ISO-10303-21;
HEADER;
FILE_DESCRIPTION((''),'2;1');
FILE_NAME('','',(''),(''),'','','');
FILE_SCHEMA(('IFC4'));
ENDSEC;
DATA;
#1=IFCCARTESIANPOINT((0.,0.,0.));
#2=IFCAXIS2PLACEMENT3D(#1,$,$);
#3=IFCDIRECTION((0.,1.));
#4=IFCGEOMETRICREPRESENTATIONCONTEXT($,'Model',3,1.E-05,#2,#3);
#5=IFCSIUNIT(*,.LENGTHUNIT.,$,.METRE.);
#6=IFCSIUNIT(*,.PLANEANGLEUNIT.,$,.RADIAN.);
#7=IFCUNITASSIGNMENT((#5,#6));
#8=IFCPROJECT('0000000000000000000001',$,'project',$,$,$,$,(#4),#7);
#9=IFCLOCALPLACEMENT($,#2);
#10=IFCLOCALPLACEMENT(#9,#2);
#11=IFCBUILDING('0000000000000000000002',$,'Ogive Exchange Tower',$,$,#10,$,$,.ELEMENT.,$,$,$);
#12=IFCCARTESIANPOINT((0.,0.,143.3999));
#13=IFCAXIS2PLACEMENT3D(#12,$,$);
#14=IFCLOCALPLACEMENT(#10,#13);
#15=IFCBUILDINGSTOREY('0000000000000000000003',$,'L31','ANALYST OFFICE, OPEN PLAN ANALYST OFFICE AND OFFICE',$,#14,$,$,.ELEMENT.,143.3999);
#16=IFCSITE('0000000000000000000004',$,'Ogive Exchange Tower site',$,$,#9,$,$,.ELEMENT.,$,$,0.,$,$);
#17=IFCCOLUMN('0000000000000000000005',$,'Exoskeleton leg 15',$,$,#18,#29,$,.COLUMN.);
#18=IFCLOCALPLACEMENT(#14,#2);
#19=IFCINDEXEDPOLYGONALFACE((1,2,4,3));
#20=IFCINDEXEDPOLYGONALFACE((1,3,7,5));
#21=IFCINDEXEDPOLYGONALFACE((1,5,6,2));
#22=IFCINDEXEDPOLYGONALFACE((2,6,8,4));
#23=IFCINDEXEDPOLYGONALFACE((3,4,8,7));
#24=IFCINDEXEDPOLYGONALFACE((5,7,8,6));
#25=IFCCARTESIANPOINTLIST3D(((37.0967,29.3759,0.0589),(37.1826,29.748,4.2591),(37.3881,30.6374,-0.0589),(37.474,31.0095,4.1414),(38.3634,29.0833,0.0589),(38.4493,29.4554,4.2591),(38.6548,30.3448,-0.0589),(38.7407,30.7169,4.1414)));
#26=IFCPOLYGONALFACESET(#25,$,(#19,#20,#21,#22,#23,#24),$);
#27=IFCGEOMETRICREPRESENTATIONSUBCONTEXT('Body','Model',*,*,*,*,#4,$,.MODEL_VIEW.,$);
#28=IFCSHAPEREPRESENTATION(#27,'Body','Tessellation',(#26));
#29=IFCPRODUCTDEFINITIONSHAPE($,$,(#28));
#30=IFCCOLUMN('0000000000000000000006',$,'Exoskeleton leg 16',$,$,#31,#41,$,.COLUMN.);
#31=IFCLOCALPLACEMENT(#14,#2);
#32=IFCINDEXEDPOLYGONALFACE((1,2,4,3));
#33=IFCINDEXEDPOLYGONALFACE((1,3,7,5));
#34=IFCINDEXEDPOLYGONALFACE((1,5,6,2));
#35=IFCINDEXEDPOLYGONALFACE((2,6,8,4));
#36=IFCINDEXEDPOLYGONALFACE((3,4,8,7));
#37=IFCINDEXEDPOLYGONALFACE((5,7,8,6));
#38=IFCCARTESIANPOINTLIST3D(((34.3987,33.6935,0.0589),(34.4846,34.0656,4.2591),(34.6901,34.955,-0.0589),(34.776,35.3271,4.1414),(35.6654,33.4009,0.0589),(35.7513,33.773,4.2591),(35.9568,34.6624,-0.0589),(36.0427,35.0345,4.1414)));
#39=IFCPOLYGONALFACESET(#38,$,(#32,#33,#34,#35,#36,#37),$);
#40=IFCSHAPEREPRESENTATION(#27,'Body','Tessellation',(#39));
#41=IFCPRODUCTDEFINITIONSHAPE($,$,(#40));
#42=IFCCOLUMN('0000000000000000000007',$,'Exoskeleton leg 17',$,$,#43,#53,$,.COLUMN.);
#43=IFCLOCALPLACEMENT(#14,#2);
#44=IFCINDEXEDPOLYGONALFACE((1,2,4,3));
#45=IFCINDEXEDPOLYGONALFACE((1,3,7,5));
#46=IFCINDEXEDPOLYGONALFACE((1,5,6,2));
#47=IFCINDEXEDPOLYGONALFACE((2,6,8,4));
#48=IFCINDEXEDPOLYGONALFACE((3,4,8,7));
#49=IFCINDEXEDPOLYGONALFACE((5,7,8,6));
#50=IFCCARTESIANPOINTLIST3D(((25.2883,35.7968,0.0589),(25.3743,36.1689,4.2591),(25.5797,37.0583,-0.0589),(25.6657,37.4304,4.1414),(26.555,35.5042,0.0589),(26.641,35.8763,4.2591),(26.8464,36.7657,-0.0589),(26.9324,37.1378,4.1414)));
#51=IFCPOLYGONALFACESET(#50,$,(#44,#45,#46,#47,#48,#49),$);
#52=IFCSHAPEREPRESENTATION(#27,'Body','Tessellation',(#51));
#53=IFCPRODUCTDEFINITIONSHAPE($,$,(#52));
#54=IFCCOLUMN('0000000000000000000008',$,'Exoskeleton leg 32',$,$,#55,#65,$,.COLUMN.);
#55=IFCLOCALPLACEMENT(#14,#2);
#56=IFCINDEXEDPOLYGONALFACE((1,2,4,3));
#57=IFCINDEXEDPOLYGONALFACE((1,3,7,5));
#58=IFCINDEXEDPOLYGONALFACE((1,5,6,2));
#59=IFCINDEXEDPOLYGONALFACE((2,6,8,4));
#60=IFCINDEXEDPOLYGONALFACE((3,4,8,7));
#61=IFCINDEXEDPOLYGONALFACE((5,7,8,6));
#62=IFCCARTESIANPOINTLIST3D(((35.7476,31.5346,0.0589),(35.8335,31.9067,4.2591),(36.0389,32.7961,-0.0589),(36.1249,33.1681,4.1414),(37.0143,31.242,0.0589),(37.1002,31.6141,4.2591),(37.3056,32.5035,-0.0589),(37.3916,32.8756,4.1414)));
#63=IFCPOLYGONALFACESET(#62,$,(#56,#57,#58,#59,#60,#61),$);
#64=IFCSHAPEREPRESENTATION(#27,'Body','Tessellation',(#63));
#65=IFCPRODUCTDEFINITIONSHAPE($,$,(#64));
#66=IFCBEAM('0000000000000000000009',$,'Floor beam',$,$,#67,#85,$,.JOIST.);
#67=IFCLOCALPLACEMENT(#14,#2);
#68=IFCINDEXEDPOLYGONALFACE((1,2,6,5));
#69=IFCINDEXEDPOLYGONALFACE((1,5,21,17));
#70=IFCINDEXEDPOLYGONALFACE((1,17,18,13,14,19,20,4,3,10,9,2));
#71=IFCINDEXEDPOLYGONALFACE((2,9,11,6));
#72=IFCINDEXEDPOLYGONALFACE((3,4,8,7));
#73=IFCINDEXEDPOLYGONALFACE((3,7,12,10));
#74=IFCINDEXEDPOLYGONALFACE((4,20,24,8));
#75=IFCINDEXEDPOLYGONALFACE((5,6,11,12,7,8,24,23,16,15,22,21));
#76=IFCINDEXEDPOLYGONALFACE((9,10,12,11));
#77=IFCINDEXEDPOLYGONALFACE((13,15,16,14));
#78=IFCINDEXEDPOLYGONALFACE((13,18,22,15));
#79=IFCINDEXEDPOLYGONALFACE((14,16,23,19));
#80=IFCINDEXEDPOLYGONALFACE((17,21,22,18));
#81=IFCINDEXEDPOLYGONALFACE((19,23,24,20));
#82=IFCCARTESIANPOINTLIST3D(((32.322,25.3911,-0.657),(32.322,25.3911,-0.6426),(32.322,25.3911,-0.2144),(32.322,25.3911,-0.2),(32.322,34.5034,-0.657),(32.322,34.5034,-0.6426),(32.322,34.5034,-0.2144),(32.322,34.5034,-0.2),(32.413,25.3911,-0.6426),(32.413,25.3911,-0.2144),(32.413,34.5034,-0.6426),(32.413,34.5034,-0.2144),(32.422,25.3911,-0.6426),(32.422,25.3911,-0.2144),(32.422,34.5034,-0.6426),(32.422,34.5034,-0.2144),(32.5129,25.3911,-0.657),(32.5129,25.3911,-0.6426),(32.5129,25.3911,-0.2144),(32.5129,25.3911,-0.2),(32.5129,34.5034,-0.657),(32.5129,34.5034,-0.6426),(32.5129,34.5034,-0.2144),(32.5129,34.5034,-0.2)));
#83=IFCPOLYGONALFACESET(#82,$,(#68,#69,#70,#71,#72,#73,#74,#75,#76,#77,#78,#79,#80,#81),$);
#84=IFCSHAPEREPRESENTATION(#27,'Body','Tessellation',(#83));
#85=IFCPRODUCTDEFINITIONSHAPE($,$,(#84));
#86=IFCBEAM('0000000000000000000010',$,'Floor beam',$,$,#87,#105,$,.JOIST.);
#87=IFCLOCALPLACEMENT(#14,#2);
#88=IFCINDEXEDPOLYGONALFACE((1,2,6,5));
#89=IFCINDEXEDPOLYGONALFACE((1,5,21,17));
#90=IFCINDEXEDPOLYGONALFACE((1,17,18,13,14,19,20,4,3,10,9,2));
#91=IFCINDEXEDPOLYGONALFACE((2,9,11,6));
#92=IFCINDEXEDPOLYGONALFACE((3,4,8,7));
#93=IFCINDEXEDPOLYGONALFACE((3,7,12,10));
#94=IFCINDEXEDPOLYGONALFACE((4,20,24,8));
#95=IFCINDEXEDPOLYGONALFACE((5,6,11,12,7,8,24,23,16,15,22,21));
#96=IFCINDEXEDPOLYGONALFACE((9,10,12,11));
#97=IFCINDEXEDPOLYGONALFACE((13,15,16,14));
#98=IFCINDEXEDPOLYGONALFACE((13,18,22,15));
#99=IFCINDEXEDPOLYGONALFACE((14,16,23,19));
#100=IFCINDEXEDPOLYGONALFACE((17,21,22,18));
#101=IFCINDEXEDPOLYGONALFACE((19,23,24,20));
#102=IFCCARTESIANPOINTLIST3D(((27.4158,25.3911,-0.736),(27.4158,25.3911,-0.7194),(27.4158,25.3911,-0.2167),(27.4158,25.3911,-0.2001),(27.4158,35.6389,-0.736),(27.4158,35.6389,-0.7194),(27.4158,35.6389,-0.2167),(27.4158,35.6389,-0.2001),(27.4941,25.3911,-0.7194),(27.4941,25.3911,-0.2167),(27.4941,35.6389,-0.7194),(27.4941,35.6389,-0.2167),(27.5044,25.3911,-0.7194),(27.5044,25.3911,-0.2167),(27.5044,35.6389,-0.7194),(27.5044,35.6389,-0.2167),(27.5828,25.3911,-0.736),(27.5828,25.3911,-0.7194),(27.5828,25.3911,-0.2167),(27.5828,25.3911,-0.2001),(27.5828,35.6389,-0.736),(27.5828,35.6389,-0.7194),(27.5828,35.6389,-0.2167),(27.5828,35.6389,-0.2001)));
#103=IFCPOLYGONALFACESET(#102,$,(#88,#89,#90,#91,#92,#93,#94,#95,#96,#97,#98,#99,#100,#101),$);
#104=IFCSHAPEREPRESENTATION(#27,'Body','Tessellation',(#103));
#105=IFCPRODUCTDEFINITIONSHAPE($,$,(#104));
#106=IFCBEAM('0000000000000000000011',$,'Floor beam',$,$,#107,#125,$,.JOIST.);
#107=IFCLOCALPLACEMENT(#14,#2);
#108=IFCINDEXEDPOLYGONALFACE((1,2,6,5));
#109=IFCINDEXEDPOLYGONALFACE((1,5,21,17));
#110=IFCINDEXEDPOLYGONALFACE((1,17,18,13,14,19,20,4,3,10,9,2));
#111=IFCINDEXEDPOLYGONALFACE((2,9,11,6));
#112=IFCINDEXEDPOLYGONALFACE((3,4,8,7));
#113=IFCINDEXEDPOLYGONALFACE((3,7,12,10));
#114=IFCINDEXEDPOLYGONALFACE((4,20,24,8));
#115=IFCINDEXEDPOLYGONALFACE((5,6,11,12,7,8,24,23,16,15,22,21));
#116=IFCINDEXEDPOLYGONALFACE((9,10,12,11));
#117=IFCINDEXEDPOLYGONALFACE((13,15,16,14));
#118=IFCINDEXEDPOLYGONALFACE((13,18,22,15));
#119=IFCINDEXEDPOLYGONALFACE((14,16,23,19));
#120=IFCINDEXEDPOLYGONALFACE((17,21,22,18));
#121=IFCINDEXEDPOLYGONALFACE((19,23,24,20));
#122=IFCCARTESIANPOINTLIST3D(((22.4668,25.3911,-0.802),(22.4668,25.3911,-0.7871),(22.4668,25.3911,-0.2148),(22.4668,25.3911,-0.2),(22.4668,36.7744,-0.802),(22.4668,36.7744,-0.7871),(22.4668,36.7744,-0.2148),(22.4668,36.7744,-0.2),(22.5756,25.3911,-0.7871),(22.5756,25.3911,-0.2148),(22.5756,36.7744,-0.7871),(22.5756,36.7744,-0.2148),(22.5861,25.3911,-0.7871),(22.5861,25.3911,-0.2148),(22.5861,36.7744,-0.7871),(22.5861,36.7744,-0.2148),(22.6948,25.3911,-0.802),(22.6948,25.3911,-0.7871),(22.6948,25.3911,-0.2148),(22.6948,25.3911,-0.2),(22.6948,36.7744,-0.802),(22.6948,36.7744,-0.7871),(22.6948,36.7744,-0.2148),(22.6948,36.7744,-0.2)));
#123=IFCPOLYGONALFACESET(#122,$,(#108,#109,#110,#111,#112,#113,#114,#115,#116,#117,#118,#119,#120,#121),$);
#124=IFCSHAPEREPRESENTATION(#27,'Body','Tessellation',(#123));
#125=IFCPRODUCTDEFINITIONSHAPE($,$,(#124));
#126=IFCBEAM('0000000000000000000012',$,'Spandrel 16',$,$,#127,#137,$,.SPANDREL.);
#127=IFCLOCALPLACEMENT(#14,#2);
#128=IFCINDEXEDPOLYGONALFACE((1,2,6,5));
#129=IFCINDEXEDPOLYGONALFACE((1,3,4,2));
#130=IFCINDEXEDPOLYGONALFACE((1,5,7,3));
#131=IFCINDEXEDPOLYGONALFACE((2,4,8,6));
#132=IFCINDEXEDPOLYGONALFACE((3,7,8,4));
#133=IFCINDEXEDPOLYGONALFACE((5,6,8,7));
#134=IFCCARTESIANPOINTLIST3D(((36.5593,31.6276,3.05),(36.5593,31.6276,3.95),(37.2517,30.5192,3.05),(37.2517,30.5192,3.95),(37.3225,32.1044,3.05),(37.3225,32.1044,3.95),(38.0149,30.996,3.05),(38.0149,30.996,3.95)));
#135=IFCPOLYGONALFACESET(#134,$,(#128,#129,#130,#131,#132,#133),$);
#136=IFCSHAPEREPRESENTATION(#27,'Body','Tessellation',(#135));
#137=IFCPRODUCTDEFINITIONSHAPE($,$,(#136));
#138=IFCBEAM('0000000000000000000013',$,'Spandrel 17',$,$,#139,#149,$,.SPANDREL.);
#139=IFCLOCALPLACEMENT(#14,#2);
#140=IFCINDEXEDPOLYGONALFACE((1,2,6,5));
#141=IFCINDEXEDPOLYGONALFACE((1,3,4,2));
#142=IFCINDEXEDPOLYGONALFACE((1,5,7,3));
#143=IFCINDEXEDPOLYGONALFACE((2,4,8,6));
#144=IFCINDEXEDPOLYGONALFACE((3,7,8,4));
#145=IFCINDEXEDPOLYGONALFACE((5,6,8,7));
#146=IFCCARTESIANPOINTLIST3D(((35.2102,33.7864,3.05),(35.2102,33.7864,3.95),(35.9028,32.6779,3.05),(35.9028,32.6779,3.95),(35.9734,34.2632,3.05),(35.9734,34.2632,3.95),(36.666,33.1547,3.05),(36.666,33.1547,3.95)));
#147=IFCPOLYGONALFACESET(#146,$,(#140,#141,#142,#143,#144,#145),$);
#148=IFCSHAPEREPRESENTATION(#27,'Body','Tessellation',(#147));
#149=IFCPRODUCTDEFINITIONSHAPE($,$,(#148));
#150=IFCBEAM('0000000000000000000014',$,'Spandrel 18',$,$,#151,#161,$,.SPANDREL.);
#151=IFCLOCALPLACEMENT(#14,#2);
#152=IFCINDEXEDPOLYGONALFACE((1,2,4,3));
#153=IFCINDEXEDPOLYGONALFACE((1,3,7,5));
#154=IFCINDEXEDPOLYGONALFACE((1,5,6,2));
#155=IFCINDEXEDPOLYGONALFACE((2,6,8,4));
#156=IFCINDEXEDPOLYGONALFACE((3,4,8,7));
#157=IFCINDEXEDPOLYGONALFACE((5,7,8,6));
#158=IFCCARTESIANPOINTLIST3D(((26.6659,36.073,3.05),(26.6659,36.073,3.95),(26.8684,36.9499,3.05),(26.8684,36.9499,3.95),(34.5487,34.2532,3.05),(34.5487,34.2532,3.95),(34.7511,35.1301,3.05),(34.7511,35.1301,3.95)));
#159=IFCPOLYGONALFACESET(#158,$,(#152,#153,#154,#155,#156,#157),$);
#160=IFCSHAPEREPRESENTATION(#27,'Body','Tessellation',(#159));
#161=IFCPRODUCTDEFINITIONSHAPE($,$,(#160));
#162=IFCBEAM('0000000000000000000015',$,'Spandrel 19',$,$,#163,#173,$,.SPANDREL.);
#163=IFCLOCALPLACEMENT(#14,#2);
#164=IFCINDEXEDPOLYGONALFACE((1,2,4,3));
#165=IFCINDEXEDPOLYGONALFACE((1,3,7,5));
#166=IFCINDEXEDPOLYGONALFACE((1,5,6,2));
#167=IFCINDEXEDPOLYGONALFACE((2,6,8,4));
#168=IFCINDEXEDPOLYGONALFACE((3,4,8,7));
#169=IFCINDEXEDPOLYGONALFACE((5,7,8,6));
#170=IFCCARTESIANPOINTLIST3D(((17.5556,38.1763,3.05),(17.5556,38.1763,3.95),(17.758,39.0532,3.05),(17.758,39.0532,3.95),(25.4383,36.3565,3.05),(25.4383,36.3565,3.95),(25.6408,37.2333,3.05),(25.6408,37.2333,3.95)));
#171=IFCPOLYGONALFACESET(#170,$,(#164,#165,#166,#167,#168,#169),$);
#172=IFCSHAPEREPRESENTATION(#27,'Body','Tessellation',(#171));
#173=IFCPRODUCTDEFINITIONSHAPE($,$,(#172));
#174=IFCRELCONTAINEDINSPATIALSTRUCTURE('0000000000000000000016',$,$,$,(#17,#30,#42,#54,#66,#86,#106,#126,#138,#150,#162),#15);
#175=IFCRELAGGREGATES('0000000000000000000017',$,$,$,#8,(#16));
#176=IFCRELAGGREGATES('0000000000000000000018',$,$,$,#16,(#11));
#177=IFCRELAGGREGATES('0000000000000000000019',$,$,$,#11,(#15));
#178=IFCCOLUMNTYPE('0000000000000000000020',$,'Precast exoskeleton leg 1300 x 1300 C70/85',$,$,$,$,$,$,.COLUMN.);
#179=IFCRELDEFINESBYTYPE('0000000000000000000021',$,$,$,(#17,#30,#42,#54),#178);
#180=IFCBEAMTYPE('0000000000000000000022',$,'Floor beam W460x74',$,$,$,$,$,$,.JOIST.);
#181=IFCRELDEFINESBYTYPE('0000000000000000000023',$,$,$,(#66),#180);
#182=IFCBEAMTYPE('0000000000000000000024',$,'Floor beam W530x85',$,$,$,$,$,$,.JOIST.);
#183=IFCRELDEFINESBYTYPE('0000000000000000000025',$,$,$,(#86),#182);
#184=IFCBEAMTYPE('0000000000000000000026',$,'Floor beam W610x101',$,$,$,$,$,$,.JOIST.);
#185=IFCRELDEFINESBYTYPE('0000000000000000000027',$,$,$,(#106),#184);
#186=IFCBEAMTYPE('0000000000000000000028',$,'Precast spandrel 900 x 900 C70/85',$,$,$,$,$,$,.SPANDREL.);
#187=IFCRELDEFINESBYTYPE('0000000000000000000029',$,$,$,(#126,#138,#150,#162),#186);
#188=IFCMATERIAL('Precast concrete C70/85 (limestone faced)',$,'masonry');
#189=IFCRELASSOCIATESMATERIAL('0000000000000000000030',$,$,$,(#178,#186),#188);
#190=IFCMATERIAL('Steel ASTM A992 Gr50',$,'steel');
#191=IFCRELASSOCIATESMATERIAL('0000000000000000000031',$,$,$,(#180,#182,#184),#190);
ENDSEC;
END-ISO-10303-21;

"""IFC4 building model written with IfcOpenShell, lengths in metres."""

from ifc_helpers import new_model, si_unit, direction, frame, origin, origin_2d, place, context, subcontext, project, spatial, rectangle, i_section, extrude, material, material_profile, profile_set, type_object, element, save


model = new_model("IFC4")

# Units and contexts
model_context = context("Model", 3, precision=1e-05, world=origin(), true_north=direction((0.0, 1.0)))
body_context = subcontext(model_context, "Body", "Model", "MODEL_VIEW")
ifc_project = project(units=[si_unit("LENGTHUNIT", "METRE"), si_unit("PLANEANGLEUNIT", "RADIAN")], contexts=[model_context])

# Site, building, storey
site_placement = place(None, origin())
site = spatial("IfcSite", under=ifc_project, at=site_placement, Name="Ogive Exchange Tower site", CompositionType="ELEMENT", RefElevation=0.0)
building_placement = place(site_placement, origin())
building = spatial("IfcBuilding", under=site, at=building_placement, Name="Ogive Exchange Tower", CompositionType="ELEMENT")
storey_placement = place(building_placement, frame((0.0, 0.0, 143.3999)))
storey = spatial("IfcBuildingStorey", under=building, at=storey_placement, Name="L31", Description="ANALYST OFFICE, OPEN PLAN ANALYST OFFICE AND OFFICE", CompositionType="ELEMENT", Elevation=143.3999)

# Columns
ifc_material_1 = material(Name="Precast concrete C70/85 (limestone faced)", Category="masonry")
ifc_material_profile_1 = material_profile(ifc_material_1, rectangle(XDim=1.3, YDim=1.3, at=origin_2d()), Name="1300 x 1300")
ifc_profile_set_1 = profile_set([ifc_material_profile_1], Name="Precast concrete C70/85 (limestone faced)")
column_type = type_object("IfcColumnType", Name="Precast exoskeleton leg 1300 x 1300 C70/85", PredefinedType="COLUMN", material=ifc_profile_set_1)
for number, where, z_axis, x_axis, name in (
    (1, (37.8757, 29.8604, 0.0), (0.020376, 0.08822, 0.995893), (-0.974348, 0.225046, 0.0), "Exoskeleton leg 15"),
    (2, (35.1777, 34.178, 0.0), (0.020376, 0.08822, 0.995893), (-0.974348, 0.225046, 0.0), "Exoskeleton leg 16"),
    (3, (26.0674, 36.2812, 0.0), (0.020376, 0.08822, 0.995893), (-0.974348, 0.225046, 0.0), "Exoskeleton leg 17"),
    (4, (36.5266, 32.019, 0.0), (0.020376, 0.08822, 0.995893), (-0.974348, 0.225046, 0.0), "Exoskeleton leg 32"),
):
    element("IfcColumn", number, at=place(storey_placement, frame(where, z_axis=z_axis, x_axis=x_axis)), inside=storey, type_object=column_type, Name=name, PredefinedType="COLUMN", context=body_context, shape_type="SweptSolid", body=[
        extrude(rectangle(XDim=1.3, YDim=1.3, at=origin_2d()), origin(), (0.0, 0.0, 1.0), 4.2175),
    ])

# Beams
ifc_material_2 = material(Name="Steel ASTM A992 Gr50", Category="steel")
ifc_material_profile_2 = material_profile(ifc_material_2, i_section(OverallWidth=0.1909, OverallDepth=0.457, WebThickness=0.009, FlangeThickness=0.0144, at=origin_2d()), Name="W460x74")
ifc_profile_set_2 = profile_set([ifc_material_profile_2], Name="Steel ASTM A992 Gr50")
beam_type_1 = type_object("IfcBeamType", Name="Floor beam W460x74", PredefinedType="JOIST", material=ifc_profile_set_2)
beam_1_placement = place(storey_placement, frame((32.4175, 25.3911, -0.4285), z_axis=(0.0, 1.0, 0.0), x_axis=(-1.0, 0.0, 0.0)))
element("IfcBeam", 5, at=beam_1_placement, inside=storey, type_object=beam_type_1, Name="Floor beam", PredefinedType="JOIST", context=body_context, shape_type="SweptSolid", body=[
    extrude(i_section(OverallWidth=0.1909, OverallDepth=0.457, WebThickness=0.009, FlangeThickness=0.0144, at=origin_2d()), origin(), (0.0, 0.0, 1.0), 9.1123),
])
ifc_material_profile_3 = material_profile(ifc_material_2, i_section(OverallWidth=0.167, OverallDepth=0.5359, WebThickness=0.0103, FlangeThickness=0.0166, at=origin_2d()), Name="W530x85")
ifc_profile_set_3 = profile_set([ifc_material_profile_3], Name="Steel ASTM A992 Gr50")
beam_type_2 = type_object("IfcBeamType", Name="Floor beam W530x85", PredefinedType="JOIST", material=ifc_profile_set_3)
beam_2_placement = place(storey_placement, frame((27.4993, 25.3911, -0.468), z_axis=(0.0, 1.0, 0.0), x_axis=(-1.0, 0.0, 0.0)))
element("IfcBeam", 6, at=beam_2_placement, inside=storey, type_object=beam_type_2, Name="Floor beam", PredefinedType="JOIST", context=body_context, shape_type="SweptSolid", body=[
    extrude(i_section(OverallWidth=0.167, OverallDepth=0.5359, WebThickness=0.0103, FlangeThickness=0.0166, at=origin_2d()), origin(), (0.0, 0.0, 1.0), 10.2478),
])
ifc_material_profile_4 = material_profile(ifc_material_2, i_section(OverallWidth=0.228, OverallDepth=0.6021, WebThickness=0.0105, FlangeThickness=0.0149, at=origin_2d()), Name="W610x101")
ifc_profile_set_4 = profile_set([ifc_material_profile_4], Name="Steel ASTM A992 Gr50")
beam_type_3 = type_object("IfcBeamType", Name="Floor beam W610x101", PredefinedType="JOIST", material=ifc_profile_set_4)
beam_3_placement = place(storey_placement, frame((22.5808, 25.3911, -0.501), z_axis=(0.0, 1.0, 0.0), x_axis=(-1.0, 0.0, 0.0)))
element("IfcBeam", 7, at=beam_3_placement, inside=storey, type_object=beam_type_3, Name="Floor beam", PredefinedType="JOIST", context=body_context, shape_type="SweptSolid", body=[
    extrude(i_section(OverallWidth=0.228, OverallDepth=0.6021, WebThickness=0.0105, FlangeThickness=0.0149, at=origin_2d()), origin(), (0.0, 0.0, 1.0), 11.3833),
])
ifc_material_profile_5 = material_profile(ifc_material_1, rectangle(XDim=0.8999, YDim=0.8999, at=origin_2d()), Name="900 x 900")
ifc_profile_set_5 = profile_set([ifc_material_profile_5], Name="Precast concrete C70/85 (limestone faced)")
beam_type_4 = type_object("IfcBeamType", Name="Precast spandrel 900 x 900 C70/85", PredefinedType="SPANDREL", material=ifc_profile_set_5)
beam_4_placement = place(storey_placement, frame((37.6333, 30.7576, 3.5), z_axis=(-0.529797, 0.848124, 0.0), x_axis=(-0.848124, -0.529797, 0.0)))
element("IfcBeam", 8, at=beam_4_placement, inside=storey, type_object=beam_type_4, Name="Spandrel 16", PredefinedType="SPANDREL", context=body_context, shape_type="SweptSolid", body=[
    extrude(rectangle(XDim=0.8999, YDim=0.8999, at=origin_2d()), origin(), (0.0, 0.0, 1.0), 1.3069),
])
beam_5_placement = place(storey_placement, frame((36.2844, 32.9163, 3.5), z_axis=(-0.529848, 0.848093, 0.0), x_axis=(-0.848093, -0.529848, 0.0)))
element("IfcBeam", 9, at=beam_5_placement, inside=storey, type_object=beam_type_4, Name="Spandrel 17", PredefinedType="SPANDREL", context=body_context, shape_type="SweptSolid", body=[
    extrude(rectangle(XDim=0.8999, YDim=0.8999, at=origin_2d()), origin(), (0.0, 0.0, 1.0), 1.3071),
])
for number, where, z_axis, x_axis, name in (
    (10, (34.6499, 34.6917, 3.5), (-0.974372, 0.224943, 0.0), (-0.224943, -0.974372, 0.0), "Spandrel 18"),
    (11, (25.5396, 36.7949, 3.5), (-0.974372, 0.224943, 0.0), (-0.224943, -0.974372, 0.0), "Spandrel 19"),
):
    element("IfcBeam", number, at=place(storey_placement, frame(where, z_axis=z_axis, x_axis=x_axis)), inside=storey, type_object=beam_type_4, Name=name, PredefinedType="SPANDREL", context=body_context, shape_type="SweptSolid", body=[
        extrude(rectangle(XDim=0.8999, YDim=0.8999, at=origin_2d()), origin(), (0.0, 0.0, 1.0), 8.0901),
    ])

save(model, "model.ifc")
